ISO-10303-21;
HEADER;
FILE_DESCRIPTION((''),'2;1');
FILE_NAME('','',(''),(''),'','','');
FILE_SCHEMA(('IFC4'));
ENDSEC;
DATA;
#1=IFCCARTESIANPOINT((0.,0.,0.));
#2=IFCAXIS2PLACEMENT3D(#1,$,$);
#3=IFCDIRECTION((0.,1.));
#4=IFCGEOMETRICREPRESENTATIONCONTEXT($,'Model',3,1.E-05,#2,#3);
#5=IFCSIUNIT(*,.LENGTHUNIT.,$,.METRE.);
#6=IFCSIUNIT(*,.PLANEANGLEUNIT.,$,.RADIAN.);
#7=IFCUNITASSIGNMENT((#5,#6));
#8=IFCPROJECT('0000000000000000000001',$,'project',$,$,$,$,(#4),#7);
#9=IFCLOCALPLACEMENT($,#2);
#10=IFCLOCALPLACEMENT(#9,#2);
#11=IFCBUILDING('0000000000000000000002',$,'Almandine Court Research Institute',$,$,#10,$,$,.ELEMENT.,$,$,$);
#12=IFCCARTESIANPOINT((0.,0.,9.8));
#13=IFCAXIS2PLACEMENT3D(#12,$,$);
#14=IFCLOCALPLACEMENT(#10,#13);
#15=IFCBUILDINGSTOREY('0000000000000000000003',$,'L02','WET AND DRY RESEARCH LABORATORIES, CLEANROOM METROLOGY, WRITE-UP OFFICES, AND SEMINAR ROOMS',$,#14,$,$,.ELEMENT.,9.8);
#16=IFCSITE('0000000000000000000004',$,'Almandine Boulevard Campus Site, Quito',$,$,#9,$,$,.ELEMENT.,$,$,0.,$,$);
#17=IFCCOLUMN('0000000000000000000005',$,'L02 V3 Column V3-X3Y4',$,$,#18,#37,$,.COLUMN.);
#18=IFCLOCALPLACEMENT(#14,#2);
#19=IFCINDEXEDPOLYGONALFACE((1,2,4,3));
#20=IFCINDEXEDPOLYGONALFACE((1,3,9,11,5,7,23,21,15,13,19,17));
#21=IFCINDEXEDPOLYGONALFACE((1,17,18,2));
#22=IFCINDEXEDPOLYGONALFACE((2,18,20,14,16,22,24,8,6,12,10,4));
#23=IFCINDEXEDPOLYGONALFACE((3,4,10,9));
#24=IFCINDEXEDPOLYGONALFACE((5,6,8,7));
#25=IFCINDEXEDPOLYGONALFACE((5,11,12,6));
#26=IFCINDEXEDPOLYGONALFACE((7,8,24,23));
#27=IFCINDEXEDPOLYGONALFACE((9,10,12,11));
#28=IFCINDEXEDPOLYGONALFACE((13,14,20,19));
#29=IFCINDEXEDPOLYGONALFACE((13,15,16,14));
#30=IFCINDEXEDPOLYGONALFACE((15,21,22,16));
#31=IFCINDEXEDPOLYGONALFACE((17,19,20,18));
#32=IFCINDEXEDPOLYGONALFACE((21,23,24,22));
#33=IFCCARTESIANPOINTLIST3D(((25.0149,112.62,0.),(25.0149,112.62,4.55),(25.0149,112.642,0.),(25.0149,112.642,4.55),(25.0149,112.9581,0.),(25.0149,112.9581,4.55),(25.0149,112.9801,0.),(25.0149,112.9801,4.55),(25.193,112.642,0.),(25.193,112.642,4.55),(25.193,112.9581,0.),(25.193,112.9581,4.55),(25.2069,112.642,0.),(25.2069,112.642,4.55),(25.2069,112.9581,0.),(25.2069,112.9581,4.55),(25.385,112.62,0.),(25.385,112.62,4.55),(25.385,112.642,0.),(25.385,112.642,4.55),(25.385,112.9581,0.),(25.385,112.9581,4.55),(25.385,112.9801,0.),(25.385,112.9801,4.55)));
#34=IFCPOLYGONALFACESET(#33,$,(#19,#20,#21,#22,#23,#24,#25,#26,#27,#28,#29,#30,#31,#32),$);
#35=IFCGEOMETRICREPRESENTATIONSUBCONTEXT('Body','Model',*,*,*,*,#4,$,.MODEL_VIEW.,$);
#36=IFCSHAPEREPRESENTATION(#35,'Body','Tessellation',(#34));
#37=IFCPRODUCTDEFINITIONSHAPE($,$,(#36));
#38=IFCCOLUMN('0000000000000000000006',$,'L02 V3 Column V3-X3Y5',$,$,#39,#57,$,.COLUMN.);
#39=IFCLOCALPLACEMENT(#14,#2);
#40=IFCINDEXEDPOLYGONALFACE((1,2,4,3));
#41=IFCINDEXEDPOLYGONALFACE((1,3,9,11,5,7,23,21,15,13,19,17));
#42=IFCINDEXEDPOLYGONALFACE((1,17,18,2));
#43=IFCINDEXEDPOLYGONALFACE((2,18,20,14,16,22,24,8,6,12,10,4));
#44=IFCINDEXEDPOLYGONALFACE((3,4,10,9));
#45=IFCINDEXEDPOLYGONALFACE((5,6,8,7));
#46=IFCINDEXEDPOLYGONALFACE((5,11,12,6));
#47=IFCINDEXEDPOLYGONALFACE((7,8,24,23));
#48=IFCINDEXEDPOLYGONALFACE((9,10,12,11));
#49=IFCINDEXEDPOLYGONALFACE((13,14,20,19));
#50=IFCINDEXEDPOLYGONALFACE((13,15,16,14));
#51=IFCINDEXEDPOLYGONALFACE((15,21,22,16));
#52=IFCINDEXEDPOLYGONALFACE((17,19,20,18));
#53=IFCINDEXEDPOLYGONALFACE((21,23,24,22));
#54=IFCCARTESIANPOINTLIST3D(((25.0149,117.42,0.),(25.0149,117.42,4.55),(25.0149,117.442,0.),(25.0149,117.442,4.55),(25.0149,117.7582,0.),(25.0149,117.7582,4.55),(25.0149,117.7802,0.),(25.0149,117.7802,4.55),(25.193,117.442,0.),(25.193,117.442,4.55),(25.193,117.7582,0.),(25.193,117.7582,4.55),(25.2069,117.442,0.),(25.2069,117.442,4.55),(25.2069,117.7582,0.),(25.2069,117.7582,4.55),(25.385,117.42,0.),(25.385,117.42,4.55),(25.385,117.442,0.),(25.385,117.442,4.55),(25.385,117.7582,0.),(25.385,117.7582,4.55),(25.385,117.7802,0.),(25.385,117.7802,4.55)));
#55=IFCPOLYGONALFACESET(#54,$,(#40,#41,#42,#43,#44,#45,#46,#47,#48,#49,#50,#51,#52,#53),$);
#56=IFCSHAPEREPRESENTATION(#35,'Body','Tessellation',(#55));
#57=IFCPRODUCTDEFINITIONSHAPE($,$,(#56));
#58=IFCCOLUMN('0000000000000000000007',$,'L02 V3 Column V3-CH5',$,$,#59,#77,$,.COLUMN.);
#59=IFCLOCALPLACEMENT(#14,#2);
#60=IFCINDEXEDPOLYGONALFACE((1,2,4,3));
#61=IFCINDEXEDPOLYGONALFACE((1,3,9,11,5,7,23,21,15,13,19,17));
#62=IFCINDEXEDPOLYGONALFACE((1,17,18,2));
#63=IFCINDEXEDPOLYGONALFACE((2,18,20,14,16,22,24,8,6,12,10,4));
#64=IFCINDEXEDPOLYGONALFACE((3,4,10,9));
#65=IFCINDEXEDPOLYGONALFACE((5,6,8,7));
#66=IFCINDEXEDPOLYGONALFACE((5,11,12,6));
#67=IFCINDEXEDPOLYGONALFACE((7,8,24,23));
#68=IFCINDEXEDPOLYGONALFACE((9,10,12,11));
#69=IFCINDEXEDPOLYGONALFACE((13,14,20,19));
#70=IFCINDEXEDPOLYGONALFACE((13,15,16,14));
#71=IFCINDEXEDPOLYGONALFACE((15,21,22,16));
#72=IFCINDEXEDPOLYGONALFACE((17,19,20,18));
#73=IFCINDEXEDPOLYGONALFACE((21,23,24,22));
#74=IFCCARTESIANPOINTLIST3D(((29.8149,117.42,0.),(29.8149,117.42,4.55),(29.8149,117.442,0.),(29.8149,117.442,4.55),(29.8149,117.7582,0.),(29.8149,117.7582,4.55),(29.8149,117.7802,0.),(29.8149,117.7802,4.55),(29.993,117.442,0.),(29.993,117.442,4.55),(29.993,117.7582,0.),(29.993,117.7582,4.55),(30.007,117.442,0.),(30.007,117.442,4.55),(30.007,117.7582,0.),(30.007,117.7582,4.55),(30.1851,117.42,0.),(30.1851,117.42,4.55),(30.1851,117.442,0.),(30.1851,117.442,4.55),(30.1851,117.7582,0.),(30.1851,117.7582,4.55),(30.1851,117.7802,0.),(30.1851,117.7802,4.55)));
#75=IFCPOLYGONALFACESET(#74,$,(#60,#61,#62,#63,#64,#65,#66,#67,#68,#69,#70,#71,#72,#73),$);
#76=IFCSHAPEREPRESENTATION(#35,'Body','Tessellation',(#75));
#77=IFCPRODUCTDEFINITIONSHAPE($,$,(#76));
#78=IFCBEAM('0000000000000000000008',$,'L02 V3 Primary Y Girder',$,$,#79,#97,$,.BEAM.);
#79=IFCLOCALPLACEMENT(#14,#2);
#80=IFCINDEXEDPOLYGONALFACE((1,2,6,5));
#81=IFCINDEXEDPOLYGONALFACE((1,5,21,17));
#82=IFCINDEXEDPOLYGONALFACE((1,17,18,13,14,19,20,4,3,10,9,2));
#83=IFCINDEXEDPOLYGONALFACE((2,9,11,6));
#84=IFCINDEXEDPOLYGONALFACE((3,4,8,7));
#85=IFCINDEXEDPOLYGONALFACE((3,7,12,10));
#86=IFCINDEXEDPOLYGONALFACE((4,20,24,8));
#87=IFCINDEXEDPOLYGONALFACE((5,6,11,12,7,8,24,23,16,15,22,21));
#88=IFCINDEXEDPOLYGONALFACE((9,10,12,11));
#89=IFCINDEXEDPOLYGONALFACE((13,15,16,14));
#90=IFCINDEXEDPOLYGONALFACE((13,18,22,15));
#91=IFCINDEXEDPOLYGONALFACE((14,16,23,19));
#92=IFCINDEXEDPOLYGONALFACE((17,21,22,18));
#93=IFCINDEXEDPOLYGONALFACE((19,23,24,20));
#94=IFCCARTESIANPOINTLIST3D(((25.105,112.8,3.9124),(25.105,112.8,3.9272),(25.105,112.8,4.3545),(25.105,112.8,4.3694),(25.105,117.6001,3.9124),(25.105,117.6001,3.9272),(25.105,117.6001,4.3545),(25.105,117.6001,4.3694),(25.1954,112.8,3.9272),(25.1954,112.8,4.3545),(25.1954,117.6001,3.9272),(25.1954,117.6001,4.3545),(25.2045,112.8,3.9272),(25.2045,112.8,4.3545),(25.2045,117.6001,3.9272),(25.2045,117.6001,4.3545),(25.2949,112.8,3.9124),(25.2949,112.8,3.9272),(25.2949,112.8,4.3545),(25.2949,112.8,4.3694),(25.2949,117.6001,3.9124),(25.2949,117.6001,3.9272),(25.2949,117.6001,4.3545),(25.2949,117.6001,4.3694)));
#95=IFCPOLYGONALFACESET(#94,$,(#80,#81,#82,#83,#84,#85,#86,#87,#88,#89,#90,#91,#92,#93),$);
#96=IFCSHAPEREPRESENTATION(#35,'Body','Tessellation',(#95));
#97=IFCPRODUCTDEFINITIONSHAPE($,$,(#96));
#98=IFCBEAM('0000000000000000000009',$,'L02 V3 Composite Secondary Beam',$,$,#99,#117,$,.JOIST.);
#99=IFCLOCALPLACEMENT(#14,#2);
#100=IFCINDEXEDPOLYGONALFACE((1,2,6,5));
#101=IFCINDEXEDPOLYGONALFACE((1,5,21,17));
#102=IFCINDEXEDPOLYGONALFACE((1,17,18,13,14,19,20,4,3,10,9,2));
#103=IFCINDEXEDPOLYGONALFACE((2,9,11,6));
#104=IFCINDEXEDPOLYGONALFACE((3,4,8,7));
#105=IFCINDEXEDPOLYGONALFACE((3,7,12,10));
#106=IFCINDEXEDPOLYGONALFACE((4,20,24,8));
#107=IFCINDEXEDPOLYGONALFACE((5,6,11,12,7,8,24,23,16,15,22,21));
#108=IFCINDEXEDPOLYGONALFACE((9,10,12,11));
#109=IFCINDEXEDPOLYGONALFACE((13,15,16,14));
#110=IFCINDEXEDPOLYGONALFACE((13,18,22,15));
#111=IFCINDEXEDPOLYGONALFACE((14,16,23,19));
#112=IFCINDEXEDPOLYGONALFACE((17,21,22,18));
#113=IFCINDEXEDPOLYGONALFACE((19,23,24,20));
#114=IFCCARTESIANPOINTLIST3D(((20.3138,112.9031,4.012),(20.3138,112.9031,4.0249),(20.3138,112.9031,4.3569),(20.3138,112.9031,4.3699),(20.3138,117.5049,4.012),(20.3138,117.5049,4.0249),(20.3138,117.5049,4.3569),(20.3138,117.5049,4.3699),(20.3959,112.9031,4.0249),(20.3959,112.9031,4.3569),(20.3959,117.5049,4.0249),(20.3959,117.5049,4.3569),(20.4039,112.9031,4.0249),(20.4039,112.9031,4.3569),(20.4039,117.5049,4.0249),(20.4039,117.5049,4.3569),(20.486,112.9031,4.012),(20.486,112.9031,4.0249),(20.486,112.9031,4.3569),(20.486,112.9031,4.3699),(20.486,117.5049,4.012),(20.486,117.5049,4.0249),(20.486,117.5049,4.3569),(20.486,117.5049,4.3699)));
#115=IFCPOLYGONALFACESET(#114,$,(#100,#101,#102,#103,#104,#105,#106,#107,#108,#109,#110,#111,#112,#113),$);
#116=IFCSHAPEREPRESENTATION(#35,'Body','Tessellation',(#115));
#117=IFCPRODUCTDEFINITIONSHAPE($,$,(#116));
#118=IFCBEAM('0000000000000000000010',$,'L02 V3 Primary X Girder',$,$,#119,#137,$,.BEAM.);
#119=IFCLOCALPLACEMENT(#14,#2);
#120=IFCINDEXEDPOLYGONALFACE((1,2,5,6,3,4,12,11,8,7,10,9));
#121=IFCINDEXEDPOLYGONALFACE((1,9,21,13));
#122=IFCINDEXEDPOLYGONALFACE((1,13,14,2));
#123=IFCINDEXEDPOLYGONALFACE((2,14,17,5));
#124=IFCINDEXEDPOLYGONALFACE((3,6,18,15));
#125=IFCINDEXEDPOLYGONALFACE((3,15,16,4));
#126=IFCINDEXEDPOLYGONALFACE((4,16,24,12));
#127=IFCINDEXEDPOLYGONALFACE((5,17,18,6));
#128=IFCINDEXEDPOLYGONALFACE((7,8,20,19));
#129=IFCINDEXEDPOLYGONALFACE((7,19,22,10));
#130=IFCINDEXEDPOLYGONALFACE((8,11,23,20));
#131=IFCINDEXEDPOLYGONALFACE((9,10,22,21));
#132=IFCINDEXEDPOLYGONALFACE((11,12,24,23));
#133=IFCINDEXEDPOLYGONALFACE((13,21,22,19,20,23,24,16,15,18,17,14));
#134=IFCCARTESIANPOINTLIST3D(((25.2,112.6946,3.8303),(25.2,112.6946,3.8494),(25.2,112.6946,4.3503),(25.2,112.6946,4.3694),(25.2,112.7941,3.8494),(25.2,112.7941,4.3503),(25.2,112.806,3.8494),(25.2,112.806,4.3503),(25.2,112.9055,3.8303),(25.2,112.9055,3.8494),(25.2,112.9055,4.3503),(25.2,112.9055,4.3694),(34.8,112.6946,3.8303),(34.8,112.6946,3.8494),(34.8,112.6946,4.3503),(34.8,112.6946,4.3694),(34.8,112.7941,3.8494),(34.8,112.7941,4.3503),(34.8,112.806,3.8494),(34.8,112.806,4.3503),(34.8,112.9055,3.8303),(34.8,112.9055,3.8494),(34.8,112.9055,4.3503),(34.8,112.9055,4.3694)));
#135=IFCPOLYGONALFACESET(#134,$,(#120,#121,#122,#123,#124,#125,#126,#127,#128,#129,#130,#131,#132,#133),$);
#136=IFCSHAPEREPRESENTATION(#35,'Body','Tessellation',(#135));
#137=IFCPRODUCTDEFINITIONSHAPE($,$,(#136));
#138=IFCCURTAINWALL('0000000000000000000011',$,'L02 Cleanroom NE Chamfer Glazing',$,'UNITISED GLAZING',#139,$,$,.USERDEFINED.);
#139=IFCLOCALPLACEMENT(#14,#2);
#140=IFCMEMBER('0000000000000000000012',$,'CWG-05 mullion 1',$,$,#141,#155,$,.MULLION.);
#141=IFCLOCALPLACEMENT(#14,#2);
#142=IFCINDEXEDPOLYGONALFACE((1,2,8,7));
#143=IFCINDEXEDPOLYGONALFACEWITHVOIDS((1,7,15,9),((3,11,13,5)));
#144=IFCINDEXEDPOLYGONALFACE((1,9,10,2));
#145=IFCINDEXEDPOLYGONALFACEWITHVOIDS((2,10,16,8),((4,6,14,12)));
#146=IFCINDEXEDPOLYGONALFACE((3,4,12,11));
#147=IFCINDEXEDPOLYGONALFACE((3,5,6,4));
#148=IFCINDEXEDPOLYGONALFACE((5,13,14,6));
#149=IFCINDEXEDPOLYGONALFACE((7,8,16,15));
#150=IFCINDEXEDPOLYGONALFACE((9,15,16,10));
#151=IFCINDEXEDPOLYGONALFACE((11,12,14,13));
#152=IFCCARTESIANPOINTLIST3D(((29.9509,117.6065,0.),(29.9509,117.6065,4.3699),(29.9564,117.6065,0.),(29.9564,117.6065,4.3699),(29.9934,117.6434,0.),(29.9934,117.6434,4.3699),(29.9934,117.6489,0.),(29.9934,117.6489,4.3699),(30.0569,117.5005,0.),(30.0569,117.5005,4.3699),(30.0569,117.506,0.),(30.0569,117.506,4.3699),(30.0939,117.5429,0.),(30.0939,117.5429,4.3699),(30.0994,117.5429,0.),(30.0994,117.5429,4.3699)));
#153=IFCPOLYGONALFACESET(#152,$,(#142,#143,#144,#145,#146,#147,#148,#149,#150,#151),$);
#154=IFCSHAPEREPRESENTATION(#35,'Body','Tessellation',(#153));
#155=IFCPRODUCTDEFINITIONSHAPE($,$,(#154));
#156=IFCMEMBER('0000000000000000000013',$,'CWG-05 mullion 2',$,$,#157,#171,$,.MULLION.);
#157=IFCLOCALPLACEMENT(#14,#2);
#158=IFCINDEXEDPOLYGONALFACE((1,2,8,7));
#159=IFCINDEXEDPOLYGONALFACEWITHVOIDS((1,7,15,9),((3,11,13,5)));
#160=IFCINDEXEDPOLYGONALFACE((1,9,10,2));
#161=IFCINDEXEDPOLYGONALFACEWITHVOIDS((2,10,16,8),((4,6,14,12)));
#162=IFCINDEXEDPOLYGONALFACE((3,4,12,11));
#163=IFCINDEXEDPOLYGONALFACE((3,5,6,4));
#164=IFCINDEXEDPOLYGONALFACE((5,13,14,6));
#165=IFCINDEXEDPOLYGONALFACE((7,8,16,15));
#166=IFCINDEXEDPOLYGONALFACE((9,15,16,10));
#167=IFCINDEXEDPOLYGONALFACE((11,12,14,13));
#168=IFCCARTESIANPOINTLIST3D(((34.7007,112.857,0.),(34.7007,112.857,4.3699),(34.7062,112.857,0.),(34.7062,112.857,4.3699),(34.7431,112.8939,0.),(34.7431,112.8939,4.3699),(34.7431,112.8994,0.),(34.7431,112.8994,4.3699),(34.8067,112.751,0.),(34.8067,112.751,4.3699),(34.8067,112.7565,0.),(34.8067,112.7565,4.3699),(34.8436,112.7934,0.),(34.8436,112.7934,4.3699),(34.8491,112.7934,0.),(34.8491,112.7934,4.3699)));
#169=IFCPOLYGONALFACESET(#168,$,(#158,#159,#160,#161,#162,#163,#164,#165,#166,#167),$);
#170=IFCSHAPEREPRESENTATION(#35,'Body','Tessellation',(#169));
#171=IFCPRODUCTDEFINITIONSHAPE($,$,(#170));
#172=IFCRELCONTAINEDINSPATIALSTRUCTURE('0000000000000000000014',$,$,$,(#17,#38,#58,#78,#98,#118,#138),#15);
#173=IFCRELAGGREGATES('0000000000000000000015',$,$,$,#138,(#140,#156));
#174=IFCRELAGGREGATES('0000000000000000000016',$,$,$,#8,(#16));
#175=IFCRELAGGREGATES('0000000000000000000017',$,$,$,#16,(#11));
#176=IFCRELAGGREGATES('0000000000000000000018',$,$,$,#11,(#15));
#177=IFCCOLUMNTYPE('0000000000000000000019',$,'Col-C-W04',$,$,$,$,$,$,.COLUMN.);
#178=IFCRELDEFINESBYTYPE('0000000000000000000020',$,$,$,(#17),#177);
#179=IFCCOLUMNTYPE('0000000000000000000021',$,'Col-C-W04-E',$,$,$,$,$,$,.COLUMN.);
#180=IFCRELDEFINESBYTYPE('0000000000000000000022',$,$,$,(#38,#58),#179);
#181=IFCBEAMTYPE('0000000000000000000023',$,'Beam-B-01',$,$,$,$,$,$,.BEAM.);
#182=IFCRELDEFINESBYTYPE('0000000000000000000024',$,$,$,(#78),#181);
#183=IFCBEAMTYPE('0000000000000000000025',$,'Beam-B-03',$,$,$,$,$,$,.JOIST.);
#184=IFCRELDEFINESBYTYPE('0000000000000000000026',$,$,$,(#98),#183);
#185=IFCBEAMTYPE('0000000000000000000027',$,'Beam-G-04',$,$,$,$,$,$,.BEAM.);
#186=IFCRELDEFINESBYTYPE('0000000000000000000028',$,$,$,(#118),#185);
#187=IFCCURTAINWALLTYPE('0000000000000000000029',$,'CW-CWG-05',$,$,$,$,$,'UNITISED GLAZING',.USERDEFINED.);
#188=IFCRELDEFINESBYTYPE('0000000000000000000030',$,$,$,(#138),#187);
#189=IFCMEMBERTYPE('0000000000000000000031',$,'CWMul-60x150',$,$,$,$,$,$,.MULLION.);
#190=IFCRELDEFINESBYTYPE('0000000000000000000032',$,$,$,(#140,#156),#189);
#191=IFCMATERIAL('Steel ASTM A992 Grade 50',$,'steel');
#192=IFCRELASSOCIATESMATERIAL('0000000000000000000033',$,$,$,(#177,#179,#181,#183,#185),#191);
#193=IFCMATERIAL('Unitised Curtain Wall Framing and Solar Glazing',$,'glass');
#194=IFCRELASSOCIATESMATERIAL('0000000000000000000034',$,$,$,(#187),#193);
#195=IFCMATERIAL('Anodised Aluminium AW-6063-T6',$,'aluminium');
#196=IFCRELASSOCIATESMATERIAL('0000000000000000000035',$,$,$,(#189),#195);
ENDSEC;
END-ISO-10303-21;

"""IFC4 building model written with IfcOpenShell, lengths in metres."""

from ifc_helpers import new_model, si_unit, direction, frame, origin, origin_2d, place, context, subcontext, project, spatial, hollow_rectangle, i_section, extrude, material, material_profile, profile_set, type_object, element, aggregate, save


model = new_model("IFC4")

# Units and contexts
model_context = context("Model", 3, precision=1e-05, world=origin(), true_north=direction((0.0, 1.0)))
body_context = subcontext(model_context, "Body", "Model", "MODEL_VIEW")
ifc_project = project(units=[si_unit("LENGTHUNIT", "METRE"), si_unit("PLANEANGLEUNIT", "RADIAN")], contexts=[model_context])

# Site, building, storey
site_placement = place(None, origin())
site = spatial("IfcSite", under=ifc_project, at=site_placement, Name="Almandine Boulevard Campus Site, Quito", CompositionType="ELEMENT", RefElevation=0.0)
building_placement = place(site_placement, origin())
building = spatial("IfcBuilding", under=site, at=building_placement, Name="Almandine Court Research Institute", CompositionType="ELEMENT")
storey_placement = place(building_placement, frame((0.0, 0.0, 9.8)))
storey = spatial("IfcBuildingStorey", under=building, at=storey_placement, Name="L02", Description="WET AND DRY RESEARCH LABORATORIES, CLEANROOM METROLOGY, WRITE-UP OFFICES, AND SEMINAR ROOMS", CompositionType="ELEMENT", Elevation=9.8)

# Columns
ifc_material_1 = material(Name="Steel ASTM A992 Grade 50", Category="steel")
ifc_material_profile_1 = material_profile(ifc_material_1, i_section(OverallWidth=0.3701, OverallDepth=0.3601, WebThickness=0.0139, FlangeThickness=0.022, at=origin_2d()), Name="W360x147")
ifc_profile_set_1 = profile_set([ifc_material_profile_1], Name="Steel ASTM A992 Grade 50")
column_type_1 = type_object("IfcColumnType", Name="Col-C-W04", PredefinedType="COLUMN", material=ifc_profile_set_1)
column_placement = place(storey_placement, frame((25.2, 112.8, 0.0), z_axis=(0.0, 0.0, 1.0), x_axis=(1.0, 0.0, 0.0)))
element("IfcColumn", 1, at=column_placement, inside=storey, type_object=column_type_1, Name="L02 V3 Column V3-X3Y4", PredefinedType="COLUMN", context=body_context, shape_type="SweptSolid", body=[
    extrude(i_section(OverallWidth=0.3701, OverallDepth=0.3601, WebThickness=0.0139, FlangeThickness=0.022, at=origin_2d()), origin(), (0.0, 0.0, 1.0), 4.55),
])
ifc_material_profile_2 = material_profile(ifc_material_1, i_section(OverallWidth=0.3701, OverallDepth=0.3601, WebThickness=0.0139, FlangeThickness=0.022, at=origin_2d()), Name="W360x147")
ifc_profile_set_2 = profile_set([ifc_material_profile_2], Name="Steel ASTM A992 Grade 50")
column_type_2 = type_object("IfcColumnType", Name="Col-C-W04-E", PredefinedType="COLUMN", material=ifc_profile_set_2)
for number, where, z_axis, x_axis, name in (
    (2, (25.2, 117.6001, 0.0), (0.0, 0.0, 1.0), (1.0, 0.0, 0.0), "L02 V3 Column V3-X3Y5"),
    (3, (30.0, 117.6001, 0.0), (0.0, 0.0, 1.0), (1.0, 0.0, 0.0), "L02 V3 Column V3-CH5"),
):
    element("IfcColumn", number, at=place(storey_placement, frame(where, z_axis=z_axis, x_axis=x_axis)), inside=storey, type_object=column_type_2, Name=name, PredefinedType="COLUMN", context=body_context, shape_type="SweptSolid", body=[
        extrude(i_section(OverallWidth=0.3701, OverallDepth=0.3601, WebThickness=0.0139, FlangeThickness=0.022, at=origin_2d()), origin(), (0.0, 0.0, 1.0), 4.55),
    ])

# Beams
ifc_material_profile_3 = material_profile(ifc_material_1, i_section(OverallWidth=0.1899, OverallDepth=0.457, WebThickness=0.009, FlangeThickness=0.0149, at=origin_2d()), Name="W460x74")
ifc_profile_set_3 = profile_set([ifc_material_profile_3], Name="Steel ASTM A992 Grade 50")
beam_type_1 = type_object("IfcBeamType", Name="Beam-B-01", PredefinedType="BEAM", material=ifc_profile_set_3)
beam_1_placement = place(storey_placement, frame((25.2, 112.8, 4.1409), z_axis=(0.0, 1.0, 0.0), x_axis=(-1.0, 0.0, 0.0)))
element("IfcBeam", 4, at=beam_1_placement, inside=storey, type_object=beam_type_1, Name="L02 V3 Primary Y Girder", PredefinedType="BEAM", context=body_context, shape_type="SweptSolid", body=[
    extrude(i_section(OverallWidth=0.1899, OverallDepth=0.457, WebThickness=0.009, FlangeThickness=0.0149, at=origin_2d()), origin(), (0.0, 0.0, 1.0), 4.8),
])
ifc_material_profile_4 = material_profile(ifc_material_1, i_section(OverallWidth=0.1721, OverallDepth=0.3579, WebThickness=0.0081, FlangeThickness=0.0129, at=origin_2d()), Name="W360x57")
ifc_profile_set_4 = profile_set([ifc_material_profile_4], Name="Steel ASTM A992 Grade 50")
beam_type_2 = type_object("IfcBeamType", Name="Beam-B-03", PredefinedType="JOIST", material=ifc_profile_set_4)
beam_2_placement = place(storey_placement, frame((20.3999, 112.9031, 4.1909), z_axis=(0.0, 1.0, 0.0), x_axis=(-1.0, 0.0, 0.0)))
element("IfcBeam", 5, at=beam_2_placement, inside=storey, type_object=beam_type_2, Name="L02 V3 Composite Secondary Beam", PredefinedType="JOIST", context=body_context, shape_type="SweptSolid", body=[
    extrude(i_section(OverallWidth=0.1721, OverallDepth=0.3579, WebThickness=0.0081, FlangeThickness=0.0129, at=origin_2d()), origin(), (0.0, 0.0, 1.0), 4.6018),
])
ifc_material_profile_5 = material_profile(ifc_material_1, i_section(OverallWidth=0.2109, OverallDepth=0.5391, WebThickness=0.012, FlangeThickness=0.019, at=origin_2d()), Name="W530x109")
ifc_profile_set_5 = profile_set([ifc_material_profile_5], Name="Steel ASTM A992 Grade 50")
beam_type_3 = type_object("IfcBeamType", Name="Beam-G-04", PredefinedType="BEAM", material=ifc_profile_set_5)
beam_3_placement = place(storey_placement, frame((25.2, 112.8, 4.0999), z_axis=(1.0, 0.0, 0.0), x_axis=(0.0, 1.0, 0.0)))
element("IfcBeam", 6, at=beam_3_placement, inside=storey, type_object=beam_type_3, Name="L02 V3 Primary X Girder", PredefinedType="BEAM", context=body_context, shape_type="SweptSolid", body=[
    extrude(i_section(OverallWidth=0.2109, OverallDepth=0.5391, WebThickness=0.012, FlangeThickness=0.019, at=origin_2d()), origin(), (0.0, 0.0, 1.0), 9.6001),
])

# Curtain wall, members
ifc_material_2 = material(Name="Unitised Curtain Wall Framing and Solar Glazing", Category="glass")
curtain_wall_type = type_object("IfcCurtainWallType", Name="CW-CWG-05", ElementType="UNITISED GLAZING", PredefinedType="USERDEFINED", material=ifc_material_2)
curtain_wall_placement = place(storey_placement, origin())
curtain_wall = element("IfcCurtainWall", 7, at=curtain_wall_placement, inside=storey, type_object=curtain_wall_type, Name="L02 Cleanroom NE Chamfer Glazing", ObjectType="UNITISED GLAZING", PredefinedType="USERDEFINED")
ifc_material_3 = material(Name="Anodised Aluminium AW-6063-T6", Category="aluminium")
ifc_material_profile_6 = material_profile(ifc_material_3, hollow_rectangle(XDim=0.0601, YDim=0.1499, WallThickness=0.0039, at=origin_2d()), Name="ALU RHS 60x150x4")
ifc_profile_set_6 = profile_set([ifc_material_profile_6], Name="Anodised Aluminium AW-6063-T6")
member_type_1 = type_object("IfcMemberType", Name="CWMul-60x150", PredefinedType="MULLION", material=ifc_profile_set_6)
member_1_placement = place(storey_placement, frame((30.0251, 117.5747, 0.0), z_axis=(0.0, 0.0, 1.0), x_axis=(0.707107, 0.707107, 0.0)))
member_1 = element("IfcMember", 8, at=member_1_placement, type_object=member_type_1, Name="CWG-05 mullion 1", PredefinedType="MULLION", context=body_context, shape_type="SweptSolid", body=[
    extrude(hollow_rectangle(XDim=0.0601, YDim=0.1499, WallThickness=0.0039, at=origin_2d()), origin(), (0.0, 0.0, 1.0), 4.3699),
])
member_2_placement = place(storey_placement, frame((34.7749, 112.8252, 0.0), z_axis=(0.0, 0.0, 1.0), x_axis=(0.707107, 0.707107, 0.0)))
member_2 = element("IfcMember", 9, at=member_2_placement, type_object=member_type_1, Name="CWG-05 mullion 2", PredefinedType="MULLION", context=body_context, shape_type="SweptSolid", body=[
    extrude(hollow_rectangle(XDim=0.0601, YDim=0.1499, WallThickness=0.0039, at=origin_2d()), origin(), (0.0, 0.0, 1.0), 4.3699),
])
aggregate(curtain_wall, [member_1, member_2])

save(model, "model.ifc")
